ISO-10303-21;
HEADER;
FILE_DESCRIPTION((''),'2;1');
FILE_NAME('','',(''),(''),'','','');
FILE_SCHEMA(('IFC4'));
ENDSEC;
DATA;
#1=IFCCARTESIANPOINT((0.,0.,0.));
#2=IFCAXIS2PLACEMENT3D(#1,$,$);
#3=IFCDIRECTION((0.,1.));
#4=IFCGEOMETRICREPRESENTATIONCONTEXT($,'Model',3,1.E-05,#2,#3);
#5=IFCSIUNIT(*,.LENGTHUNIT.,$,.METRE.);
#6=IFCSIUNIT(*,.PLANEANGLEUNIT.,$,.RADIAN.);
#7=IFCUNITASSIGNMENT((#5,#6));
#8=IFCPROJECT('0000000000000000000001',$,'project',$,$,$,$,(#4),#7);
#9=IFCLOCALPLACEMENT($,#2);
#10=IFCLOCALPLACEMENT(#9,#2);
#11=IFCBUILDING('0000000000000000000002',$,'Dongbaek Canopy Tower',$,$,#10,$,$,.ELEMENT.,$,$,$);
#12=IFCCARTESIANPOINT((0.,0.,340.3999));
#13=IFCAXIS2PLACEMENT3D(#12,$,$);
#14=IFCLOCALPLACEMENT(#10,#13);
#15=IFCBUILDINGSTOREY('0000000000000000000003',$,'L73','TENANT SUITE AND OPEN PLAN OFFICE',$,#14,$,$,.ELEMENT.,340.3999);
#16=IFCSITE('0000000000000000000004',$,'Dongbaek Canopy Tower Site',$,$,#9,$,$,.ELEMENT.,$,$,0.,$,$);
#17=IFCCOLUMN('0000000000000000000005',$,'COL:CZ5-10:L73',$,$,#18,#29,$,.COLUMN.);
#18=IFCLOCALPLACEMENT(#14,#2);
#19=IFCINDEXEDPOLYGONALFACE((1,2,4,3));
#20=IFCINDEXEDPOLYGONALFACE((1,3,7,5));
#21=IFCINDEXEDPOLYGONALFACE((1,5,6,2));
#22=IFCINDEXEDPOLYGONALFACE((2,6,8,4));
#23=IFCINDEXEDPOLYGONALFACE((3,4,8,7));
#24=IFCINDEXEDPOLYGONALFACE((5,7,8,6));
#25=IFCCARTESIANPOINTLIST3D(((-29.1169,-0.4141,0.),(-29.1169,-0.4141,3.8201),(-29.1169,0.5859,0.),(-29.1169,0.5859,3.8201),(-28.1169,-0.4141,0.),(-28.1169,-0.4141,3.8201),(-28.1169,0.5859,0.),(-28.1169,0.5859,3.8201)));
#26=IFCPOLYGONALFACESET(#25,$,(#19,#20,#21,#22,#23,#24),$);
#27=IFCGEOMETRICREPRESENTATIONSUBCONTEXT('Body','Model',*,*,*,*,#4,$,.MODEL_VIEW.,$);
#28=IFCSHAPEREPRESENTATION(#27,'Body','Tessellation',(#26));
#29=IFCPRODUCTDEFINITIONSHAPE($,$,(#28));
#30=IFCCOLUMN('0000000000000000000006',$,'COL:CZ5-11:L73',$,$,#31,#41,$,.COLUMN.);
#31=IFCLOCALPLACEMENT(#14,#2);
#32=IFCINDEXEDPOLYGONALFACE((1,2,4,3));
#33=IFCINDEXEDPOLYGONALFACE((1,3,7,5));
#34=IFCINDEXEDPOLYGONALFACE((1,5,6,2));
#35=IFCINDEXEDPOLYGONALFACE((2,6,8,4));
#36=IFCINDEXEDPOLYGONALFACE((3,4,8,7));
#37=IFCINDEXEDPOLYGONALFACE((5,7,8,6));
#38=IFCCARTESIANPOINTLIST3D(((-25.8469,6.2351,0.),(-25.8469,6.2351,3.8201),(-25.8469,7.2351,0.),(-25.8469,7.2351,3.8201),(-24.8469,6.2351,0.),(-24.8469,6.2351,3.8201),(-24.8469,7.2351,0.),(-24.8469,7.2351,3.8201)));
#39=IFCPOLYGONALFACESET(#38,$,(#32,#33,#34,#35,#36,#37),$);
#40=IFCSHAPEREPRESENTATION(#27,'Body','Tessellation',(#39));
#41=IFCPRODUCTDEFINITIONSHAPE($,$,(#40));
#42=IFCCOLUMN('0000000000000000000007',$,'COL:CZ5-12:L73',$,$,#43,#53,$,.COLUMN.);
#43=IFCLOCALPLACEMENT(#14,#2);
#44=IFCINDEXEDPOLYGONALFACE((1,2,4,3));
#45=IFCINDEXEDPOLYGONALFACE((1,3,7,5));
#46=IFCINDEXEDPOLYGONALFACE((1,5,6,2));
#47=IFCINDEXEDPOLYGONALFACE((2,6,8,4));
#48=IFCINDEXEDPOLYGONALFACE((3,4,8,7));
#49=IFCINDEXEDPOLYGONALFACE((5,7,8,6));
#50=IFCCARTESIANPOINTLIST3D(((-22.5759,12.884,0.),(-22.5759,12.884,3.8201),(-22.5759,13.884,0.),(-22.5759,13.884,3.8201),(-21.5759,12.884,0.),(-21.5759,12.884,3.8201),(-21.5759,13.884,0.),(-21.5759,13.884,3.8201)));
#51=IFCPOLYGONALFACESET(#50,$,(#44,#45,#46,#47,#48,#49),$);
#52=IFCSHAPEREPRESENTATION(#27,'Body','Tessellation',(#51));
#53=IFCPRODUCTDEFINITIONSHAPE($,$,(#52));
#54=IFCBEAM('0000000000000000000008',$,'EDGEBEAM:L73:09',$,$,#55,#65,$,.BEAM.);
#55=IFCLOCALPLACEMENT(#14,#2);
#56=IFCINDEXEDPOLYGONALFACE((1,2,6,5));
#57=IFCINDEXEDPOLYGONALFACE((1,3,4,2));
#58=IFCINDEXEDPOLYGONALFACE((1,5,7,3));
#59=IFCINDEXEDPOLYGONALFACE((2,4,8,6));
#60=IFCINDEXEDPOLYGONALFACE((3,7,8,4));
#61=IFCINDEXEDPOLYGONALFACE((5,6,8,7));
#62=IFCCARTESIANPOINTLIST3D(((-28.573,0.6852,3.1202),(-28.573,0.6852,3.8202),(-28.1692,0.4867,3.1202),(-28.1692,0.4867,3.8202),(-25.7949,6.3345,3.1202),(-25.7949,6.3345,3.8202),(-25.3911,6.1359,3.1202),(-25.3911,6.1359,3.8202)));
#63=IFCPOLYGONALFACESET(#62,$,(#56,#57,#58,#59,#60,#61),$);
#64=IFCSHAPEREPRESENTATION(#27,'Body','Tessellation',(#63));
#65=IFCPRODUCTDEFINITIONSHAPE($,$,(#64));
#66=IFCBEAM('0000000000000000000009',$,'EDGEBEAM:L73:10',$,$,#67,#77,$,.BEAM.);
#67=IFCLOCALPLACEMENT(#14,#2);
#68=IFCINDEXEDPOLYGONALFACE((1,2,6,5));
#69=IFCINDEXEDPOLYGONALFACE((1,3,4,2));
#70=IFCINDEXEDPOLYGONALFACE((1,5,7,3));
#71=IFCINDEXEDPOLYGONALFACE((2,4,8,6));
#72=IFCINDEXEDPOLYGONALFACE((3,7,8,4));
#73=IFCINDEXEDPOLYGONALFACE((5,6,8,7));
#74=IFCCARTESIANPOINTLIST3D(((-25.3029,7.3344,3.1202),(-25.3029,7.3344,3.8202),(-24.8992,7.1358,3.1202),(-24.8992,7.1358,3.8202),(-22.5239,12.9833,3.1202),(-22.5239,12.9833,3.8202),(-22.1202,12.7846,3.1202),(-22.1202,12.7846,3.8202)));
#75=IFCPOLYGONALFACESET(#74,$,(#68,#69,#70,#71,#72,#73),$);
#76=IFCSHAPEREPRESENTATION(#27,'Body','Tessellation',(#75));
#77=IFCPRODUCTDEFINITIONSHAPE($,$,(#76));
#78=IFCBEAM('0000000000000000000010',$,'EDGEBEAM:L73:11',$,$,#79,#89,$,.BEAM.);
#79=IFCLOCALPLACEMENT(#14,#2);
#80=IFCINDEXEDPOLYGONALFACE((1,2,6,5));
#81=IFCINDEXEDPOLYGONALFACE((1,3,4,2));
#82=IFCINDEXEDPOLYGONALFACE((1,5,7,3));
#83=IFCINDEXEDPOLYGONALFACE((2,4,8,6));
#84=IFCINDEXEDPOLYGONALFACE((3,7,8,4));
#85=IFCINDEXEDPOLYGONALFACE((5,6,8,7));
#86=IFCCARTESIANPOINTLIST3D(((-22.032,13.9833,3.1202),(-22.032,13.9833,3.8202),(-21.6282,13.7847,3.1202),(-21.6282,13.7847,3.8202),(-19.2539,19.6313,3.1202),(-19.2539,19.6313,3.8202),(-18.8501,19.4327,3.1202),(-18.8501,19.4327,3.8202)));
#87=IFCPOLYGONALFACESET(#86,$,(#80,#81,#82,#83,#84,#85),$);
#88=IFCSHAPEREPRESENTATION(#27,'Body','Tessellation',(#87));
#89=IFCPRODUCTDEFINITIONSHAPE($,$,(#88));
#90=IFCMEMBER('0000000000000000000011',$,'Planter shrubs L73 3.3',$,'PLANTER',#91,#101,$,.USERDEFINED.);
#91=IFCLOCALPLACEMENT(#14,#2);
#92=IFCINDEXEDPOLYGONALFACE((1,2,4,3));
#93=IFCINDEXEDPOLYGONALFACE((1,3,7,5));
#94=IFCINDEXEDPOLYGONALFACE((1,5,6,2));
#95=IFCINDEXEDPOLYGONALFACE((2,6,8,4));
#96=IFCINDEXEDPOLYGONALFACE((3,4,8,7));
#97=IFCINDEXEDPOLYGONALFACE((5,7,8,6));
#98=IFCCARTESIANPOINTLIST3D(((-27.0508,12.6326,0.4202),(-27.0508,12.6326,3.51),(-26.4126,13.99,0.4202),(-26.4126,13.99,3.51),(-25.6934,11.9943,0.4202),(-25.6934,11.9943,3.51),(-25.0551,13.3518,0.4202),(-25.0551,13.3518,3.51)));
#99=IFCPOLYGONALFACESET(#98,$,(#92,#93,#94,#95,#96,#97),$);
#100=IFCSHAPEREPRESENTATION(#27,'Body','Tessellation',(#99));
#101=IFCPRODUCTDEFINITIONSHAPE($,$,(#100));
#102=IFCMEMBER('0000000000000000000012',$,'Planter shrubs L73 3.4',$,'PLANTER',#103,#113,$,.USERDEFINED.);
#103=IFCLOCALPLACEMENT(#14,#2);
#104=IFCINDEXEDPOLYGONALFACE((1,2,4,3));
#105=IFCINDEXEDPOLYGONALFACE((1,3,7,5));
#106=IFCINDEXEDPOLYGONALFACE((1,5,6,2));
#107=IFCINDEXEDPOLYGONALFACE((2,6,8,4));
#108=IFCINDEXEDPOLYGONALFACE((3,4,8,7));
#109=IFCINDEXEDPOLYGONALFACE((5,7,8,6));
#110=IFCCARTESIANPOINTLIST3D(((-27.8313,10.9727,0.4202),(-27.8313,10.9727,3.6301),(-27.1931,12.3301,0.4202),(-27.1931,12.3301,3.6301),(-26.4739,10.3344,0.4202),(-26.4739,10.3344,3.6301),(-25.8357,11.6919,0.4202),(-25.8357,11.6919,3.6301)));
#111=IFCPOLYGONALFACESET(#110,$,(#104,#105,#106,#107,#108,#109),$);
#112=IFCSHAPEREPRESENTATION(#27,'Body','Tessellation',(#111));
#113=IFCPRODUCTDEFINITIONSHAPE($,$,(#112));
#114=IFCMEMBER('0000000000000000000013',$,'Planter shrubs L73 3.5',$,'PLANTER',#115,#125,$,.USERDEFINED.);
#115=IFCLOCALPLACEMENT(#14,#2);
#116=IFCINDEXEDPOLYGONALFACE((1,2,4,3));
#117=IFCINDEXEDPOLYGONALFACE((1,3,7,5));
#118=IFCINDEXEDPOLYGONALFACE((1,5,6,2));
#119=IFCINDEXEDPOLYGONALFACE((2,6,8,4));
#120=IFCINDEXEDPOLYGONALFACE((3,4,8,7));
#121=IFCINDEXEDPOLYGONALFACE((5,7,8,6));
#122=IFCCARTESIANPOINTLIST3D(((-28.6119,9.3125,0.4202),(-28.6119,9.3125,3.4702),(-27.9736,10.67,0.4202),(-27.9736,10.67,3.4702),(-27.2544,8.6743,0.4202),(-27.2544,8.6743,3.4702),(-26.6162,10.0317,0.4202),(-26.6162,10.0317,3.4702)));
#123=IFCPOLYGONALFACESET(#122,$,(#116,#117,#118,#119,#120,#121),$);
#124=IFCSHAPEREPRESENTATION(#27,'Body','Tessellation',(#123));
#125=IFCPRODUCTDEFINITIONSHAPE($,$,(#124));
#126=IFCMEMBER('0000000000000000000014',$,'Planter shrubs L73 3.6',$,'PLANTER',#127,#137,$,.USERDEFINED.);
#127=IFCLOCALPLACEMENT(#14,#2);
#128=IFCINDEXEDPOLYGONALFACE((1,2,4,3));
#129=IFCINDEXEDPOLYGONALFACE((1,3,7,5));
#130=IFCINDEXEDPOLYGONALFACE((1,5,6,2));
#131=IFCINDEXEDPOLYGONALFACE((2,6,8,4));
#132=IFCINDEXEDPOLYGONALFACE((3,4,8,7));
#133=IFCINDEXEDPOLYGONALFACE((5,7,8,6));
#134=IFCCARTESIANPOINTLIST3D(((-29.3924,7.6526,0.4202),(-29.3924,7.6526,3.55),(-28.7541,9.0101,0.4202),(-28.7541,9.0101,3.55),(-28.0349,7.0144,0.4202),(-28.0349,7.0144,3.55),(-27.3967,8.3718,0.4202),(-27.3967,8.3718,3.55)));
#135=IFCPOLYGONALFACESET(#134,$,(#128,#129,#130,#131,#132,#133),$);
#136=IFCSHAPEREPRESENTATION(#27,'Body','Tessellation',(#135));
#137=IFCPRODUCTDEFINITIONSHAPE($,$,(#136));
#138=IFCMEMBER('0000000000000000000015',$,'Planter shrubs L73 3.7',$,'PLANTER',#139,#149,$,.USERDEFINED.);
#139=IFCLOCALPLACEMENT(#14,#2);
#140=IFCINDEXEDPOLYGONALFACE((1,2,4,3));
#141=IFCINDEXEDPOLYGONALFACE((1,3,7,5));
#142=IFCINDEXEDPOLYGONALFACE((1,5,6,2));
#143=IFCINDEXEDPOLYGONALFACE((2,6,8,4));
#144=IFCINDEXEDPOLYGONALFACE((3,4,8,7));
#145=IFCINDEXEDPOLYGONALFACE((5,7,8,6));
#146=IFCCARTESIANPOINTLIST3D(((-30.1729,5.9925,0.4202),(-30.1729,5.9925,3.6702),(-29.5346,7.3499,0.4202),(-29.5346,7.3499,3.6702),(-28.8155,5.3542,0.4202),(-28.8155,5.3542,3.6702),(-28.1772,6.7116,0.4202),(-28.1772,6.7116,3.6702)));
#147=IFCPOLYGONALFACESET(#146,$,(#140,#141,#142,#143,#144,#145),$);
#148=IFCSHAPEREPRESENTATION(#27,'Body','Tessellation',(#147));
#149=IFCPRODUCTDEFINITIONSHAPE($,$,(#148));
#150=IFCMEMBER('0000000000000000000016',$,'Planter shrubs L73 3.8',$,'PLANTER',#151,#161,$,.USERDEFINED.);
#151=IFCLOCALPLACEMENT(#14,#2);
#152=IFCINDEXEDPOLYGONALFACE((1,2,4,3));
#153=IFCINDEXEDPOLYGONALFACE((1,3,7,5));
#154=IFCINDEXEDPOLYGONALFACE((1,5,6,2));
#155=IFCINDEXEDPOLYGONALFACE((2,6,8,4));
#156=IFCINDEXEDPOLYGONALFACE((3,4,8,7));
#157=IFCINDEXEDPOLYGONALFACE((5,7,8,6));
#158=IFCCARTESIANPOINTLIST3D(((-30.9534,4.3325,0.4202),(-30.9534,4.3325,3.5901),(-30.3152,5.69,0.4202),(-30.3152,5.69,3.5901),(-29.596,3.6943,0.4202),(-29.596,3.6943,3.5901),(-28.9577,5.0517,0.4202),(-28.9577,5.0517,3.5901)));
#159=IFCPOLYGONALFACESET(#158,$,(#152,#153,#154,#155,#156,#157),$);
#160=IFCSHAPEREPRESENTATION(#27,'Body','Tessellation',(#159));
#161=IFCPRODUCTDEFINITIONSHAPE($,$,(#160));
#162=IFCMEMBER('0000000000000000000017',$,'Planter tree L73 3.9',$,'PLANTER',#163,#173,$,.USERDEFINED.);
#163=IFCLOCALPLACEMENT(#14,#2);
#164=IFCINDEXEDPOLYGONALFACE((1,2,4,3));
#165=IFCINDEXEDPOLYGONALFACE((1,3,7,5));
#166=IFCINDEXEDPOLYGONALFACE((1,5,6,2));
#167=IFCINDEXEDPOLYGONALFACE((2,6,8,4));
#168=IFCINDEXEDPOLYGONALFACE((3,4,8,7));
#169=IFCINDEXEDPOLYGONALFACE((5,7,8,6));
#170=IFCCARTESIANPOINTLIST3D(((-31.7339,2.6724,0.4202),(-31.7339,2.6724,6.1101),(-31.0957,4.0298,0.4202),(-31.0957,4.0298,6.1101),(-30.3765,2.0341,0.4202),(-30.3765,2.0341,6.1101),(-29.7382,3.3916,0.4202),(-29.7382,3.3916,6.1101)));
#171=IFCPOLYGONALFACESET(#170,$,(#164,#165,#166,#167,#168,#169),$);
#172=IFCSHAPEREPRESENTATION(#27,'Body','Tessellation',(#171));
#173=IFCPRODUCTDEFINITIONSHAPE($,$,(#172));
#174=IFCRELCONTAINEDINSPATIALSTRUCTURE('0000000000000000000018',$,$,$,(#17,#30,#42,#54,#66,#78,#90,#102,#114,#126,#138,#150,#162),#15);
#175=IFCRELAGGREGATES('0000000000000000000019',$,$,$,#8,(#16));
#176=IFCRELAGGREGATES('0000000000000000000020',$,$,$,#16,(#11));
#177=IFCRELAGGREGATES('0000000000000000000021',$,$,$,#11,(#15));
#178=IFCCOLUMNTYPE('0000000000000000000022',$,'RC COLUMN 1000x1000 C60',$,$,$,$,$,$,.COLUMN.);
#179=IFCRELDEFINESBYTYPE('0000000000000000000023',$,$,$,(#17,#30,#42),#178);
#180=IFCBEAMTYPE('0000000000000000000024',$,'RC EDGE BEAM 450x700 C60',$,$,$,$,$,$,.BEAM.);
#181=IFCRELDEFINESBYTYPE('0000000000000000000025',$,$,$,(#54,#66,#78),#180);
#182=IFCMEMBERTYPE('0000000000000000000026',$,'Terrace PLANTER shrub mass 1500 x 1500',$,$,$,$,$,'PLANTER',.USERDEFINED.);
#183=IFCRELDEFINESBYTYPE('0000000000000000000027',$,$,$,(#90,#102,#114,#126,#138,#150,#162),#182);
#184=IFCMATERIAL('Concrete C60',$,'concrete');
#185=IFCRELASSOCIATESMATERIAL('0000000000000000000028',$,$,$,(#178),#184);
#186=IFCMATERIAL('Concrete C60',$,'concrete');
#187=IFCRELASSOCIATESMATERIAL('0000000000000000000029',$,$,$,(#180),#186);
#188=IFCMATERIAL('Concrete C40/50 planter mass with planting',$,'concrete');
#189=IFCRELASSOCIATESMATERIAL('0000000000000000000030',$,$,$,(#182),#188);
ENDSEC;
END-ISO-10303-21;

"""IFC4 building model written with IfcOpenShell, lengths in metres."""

from ifc_helpers import new_model, si_unit, direction, frame, origin, origin_2d, place, context, subcontext, project, spatial, rectangle, extrude, material, material_profile, profile_set, type_object, element, save


model = new_model("IFC4")

# Units and contexts
model_context = context("Model", 3, precision=1e-05, world=origin(), true_north=direction((0.0, 1.0)))
body_context = subcontext(model_context, "Body", "Model", "MODEL_VIEW")
ifc_project = project(units=[si_unit("LENGTHUNIT", "METRE"), si_unit("PLANEANGLEUNIT", "RADIAN")], contexts=[model_context])

# Site, building, storey
site_placement = place(None, origin())
site = spatial("IfcSite", under=ifc_project, at=site_placement, Name="Dongbaek Canopy Tower Site", CompositionType="ELEMENT", RefElevation=0.0)
building_placement = place(site_placement, origin())
building = spatial("IfcBuilding", under=site, at=building_placement, Name="Dongbaek Canopy Tower", CompositionType="ELEMENT")
storey_placement = place(building_placement, frame((0.0, 0.0, 340.3999)))
storey = spatial("IfcBuildingStorey", under=building, at=storey_placement, Name="L73", Description="TENANT SUITE AND OPEN PLAN OFFICE", CompositionType="ELEMENT", Elevation=340.3999)

# Columns
ifc_material_1 = material(Name="Concrete C60", Category="concrete")
ifc_material_profile_1 = material_profile(ifc_material_1, rectangle(XDim=1.0, YDim=1.0, at=origin_2d()), Name="RC COLUMN 1000x1000 C60")
ifc_profile_set_1 = profile_set([ifc_material_profile_1], Name="Concrete C60")
column_type = type_object("IfcColumnType", Name="RC COLUMN 1000x1000 C60", PredefinedType="COLUMN", material=ifc_profile_set_1)
for number, where, z_axis, x_axis, name in (
    (1, (-28.6169, 0.0859, 0.0), (0.0, 0.0, 1.0), (1.0, 0.0, 0.0), "COL:CZ5-10:L73"),
    (2, (-25.3469, 6.7351, 0.0), (0.0, 0.0, 1.0), (1.0, 0.0, 0.0), "COL:CZ5-11:L73"),
    (3, (-22.0759, 13.384, 0.0), (0.0, 0.0, 1.0), (1.0, 0.0, 0.0), "COL:CZ5-12:L73"),
):
    element("IfcColumn", number, at=place(storey_placement, frame(where, z_axis=z_axis, x_axis=x_axis)), inside=storey, type_object=column_type, Name=name, PredefinedType="COLUMN", context=body_context, shape_type="SweptSolid", body=[
        extrude(rectangle(XDim=1.0, YDim=1.0, at=origin_2d()), origin(), (0.0, 0.0, 1.0), 3.8201),
    ])

# Beams
ifc_material_2 = material(Name="Concrete C60", Category="concrete")
ifc_material_profile_2 = material_profile(ifc_material_2, rectangle(XDim=0.45, YDim=0.7, at=origin_2d()), Name="RC EDGE BEAM 450x700 C60")
ifc_profile_set_2 = profile_set([ifc_material_profile_2], Name="Concrete C60")
beam_type = type_object("IfcBeamType", Name="RC EDGE BEAM 450x700 C60", PredefinedType="BEAM", material=ifc_profile_set_2)
for number, where, z_axis, x_axis, name in (
    (4, (-28.3711, 0.5859, 3.4702), (0.441294, 0.897363, 0.0), (-0.897363, 0.441294, 0.0), "EDGEBEAM:L73:09"),
    (5, (-25.1011, 7.2351, 3.4702), (0.441434, 0.897294, 0.0), (-0.897294, 0.441434, 0.0), "EDGEBEAM:L73:10"),
):
    element("IfcBeam", number, at=place(storey_placement, frame(where, z_axis=z_axis, x_axis=x_axis)), inside=storey, type_object=beam_type, Name=name, PredefinedType="BEAM", context=body_context, shape_type="SweptSolid", body=[
        extrude(rectangle(XDim=0.45, YDim=0.7, at=origin_2d()), origin(), (0.0, 0.0, 1.0), 6.2954),
    ])
beam_placement = place(storey_placement, frame((-21.8301, 13.884, 3.4702), z_axis=(0.44137, 0.897325, 0.0), x_axis=(-0.897325, 0.44137, 0.0)))
element("IfcBeam", 6, at=beam_placement, inside=storey, type_object=beam_type, Name="EDGEBEAM:L73:11", PredefinedType="BEAM", context=body_context, shape_type="SweptSolid", body=[
    extrude(rectangle(XDim=0.45, YDim=0.7, at=origin_2d()), origin(), (0.0, 0.0, 1.0), 6.2942),
])

# Members
ifc_material_3 = material(Name="Concrete C40/50 planter mass with planting", Category="concrete")
ifc_material_profile_3 = material_profile(ifc_material_3, rectangle(XDim=1.5, YDim=1.5, at=origin_2d()), Name="Terrace PLANTER shrub mass 1500 x 1500")
ifc_profile_set_3 = profile_set([ifc_material_profile_3], Name="Concrete C40/50 planter mass with planting")
member_type = type_object("IfcMemberType", Name="Terrace PLANTER shrub mass 1500 x 1500", ElementType="PLANTER", PredefinedType="USERDEFINED", material=ifc_profile_set_3)
member_1_placement = place(storey_placement, frame((-26.053, 12.9922, 0.4202), z_axis=(0.0, 0.0, 1.0), x_axis=(-0.904958, 0.4255, 0.0)))
element("IfcMember", 7, at=member_1_placement, inside=storey, type_object=member_type, Name="Planter shrubs L73 3.3", ObjectType="PLANTER", PredefinedType="USERDEFINED", context=body_context, shape_type="SweptSolid", body=[
    extrude(rectangle(XDim=1.5, YDim=1.5, at=origin_2d()), origin(), (0.0, 0.0, 1.0), 3.0898),
])
member_2_placement = place(storey_placement, frame((-26.8335, 11.3323, 0.4202), z_axis=(0.0, 0.0, 1.0), x_axis=(-0.904958, 0.4255, 0.0)))
element("IfcMember", 8, at=member_2_placement, inside=storey, type_object=member_type, Name="Planter shrubs L73 3.4", ObjectType="PLANTER", PredefinedType="USERDEFINED", context=body_context, shape_type="SweptSolid", body=[
    extrude(rectangle(XDim=1.5, YDim=1.5, at=origin_2d()), origin(), (0.0, 0.0, 1.0), 3.21),
])
member_3_placement = place(storey_placement, frame((-27.614, 9.6721, 0.4202), z_axis=(0.0, 0.0, 1.0), x_axis=(-0.904958, 0.4255, 0.0)))
element("IfcMember", 9, at=member_3_placement, inside=storey, type_object=member_type, Name="Planter shrubs L73 3.5", ObjectType="PLANTER", PredefinedType="USERDEFINED", context=body_context, shape_type="SweptSolid", body=[
    extrude(rectangle(XDim=1.5, YDim=1.5, at=origin_2d()), origin(), (0.0, 0.0, 1.0), 3.05),
])
member_4_placement = place(storey_placement, frame((-28.3945, 8.0122, 0.4202), z_axis=(0.0, 0.0, 1.0), x_axis=(-0.904958, 0.4255, 0.0)))
element("IfcMember", 10, at=member_4_placement, inside=storey, type_object=member_type, Name="Planter shrubs L73 3.6", ObjectType="PLANTER", PredefinedType="USERDEFINED", context=body_context, shape_type="SweptSolid", body=[
    extrude(rectangle(XDim=1.5, YDim=1.5, at=origin_2d()), origin(), (0.0, 0.0, 1.0), 3.1299),
])
member_5_placement = place(storey_placement, frame((-29.175, 6.3521, 0.4202), z_axis=(0.0, 0.0, 1.0), x_axis=(-0.904958, 0.4255, 0.0)))
element("IfcMember", 11, at=member_5_placement, inside=storey, type_object=member_type, Name="Planter shrubs L73 3.7", ObjectType="PLANTER", PredefinedType="USERDEFINED", context=body_context, shape_type="SweptSolid", body=[
    extrude(rectangle(XDim=1.5, YDim=1.5, at=origin_2d()), origin(), (0.0, 0.0, 1.0), 3.25),
])
member_6_placement = place(storey_placement, frame((-29.9556, 4.6921, 0.4202), z_axis=(0.0, 0.0, 1.0), x_axis=(-0.904958, 0.4255, 0.0)))
element("IfcMember", 12, at=member_6_placement, inside=storey, type_object=member_type, Name="Planter shrubs L73 3.8", ObjectType="PLANTER", PredefinedType="USERDEFINED", context=body_context, shape_type="SweptSolid", body=[
    extrude(rectangle(XDim=1.5, YDim=1.5, at=origin_2d()), origin(), (0.0, 0.0, 1.0), 3.1699),
])
member_7_placement = place(storey_placement, frame((-30.7361, 3.032, 0.4202), z_axis=(0.0, 0.0, 1.0), x_axis=(-0.904958, 0.4255, 0.0)))
element("IfcMember", 13, at=member_7_placement, inside=storey, type_object=member_type, Name="Planter tree L73 3.9", ObjectType="PLANTER", PredefinedType="USERDEFINED", context=body_context, shape_type="SweptSolid", body=[
    extrude(rectangle(XDim=1.5, YDim=1.5, at=origin_2d()), origin(), (0.0, 0.0, 1.0), 5.6899),
])

save(model, "model.ifc")
